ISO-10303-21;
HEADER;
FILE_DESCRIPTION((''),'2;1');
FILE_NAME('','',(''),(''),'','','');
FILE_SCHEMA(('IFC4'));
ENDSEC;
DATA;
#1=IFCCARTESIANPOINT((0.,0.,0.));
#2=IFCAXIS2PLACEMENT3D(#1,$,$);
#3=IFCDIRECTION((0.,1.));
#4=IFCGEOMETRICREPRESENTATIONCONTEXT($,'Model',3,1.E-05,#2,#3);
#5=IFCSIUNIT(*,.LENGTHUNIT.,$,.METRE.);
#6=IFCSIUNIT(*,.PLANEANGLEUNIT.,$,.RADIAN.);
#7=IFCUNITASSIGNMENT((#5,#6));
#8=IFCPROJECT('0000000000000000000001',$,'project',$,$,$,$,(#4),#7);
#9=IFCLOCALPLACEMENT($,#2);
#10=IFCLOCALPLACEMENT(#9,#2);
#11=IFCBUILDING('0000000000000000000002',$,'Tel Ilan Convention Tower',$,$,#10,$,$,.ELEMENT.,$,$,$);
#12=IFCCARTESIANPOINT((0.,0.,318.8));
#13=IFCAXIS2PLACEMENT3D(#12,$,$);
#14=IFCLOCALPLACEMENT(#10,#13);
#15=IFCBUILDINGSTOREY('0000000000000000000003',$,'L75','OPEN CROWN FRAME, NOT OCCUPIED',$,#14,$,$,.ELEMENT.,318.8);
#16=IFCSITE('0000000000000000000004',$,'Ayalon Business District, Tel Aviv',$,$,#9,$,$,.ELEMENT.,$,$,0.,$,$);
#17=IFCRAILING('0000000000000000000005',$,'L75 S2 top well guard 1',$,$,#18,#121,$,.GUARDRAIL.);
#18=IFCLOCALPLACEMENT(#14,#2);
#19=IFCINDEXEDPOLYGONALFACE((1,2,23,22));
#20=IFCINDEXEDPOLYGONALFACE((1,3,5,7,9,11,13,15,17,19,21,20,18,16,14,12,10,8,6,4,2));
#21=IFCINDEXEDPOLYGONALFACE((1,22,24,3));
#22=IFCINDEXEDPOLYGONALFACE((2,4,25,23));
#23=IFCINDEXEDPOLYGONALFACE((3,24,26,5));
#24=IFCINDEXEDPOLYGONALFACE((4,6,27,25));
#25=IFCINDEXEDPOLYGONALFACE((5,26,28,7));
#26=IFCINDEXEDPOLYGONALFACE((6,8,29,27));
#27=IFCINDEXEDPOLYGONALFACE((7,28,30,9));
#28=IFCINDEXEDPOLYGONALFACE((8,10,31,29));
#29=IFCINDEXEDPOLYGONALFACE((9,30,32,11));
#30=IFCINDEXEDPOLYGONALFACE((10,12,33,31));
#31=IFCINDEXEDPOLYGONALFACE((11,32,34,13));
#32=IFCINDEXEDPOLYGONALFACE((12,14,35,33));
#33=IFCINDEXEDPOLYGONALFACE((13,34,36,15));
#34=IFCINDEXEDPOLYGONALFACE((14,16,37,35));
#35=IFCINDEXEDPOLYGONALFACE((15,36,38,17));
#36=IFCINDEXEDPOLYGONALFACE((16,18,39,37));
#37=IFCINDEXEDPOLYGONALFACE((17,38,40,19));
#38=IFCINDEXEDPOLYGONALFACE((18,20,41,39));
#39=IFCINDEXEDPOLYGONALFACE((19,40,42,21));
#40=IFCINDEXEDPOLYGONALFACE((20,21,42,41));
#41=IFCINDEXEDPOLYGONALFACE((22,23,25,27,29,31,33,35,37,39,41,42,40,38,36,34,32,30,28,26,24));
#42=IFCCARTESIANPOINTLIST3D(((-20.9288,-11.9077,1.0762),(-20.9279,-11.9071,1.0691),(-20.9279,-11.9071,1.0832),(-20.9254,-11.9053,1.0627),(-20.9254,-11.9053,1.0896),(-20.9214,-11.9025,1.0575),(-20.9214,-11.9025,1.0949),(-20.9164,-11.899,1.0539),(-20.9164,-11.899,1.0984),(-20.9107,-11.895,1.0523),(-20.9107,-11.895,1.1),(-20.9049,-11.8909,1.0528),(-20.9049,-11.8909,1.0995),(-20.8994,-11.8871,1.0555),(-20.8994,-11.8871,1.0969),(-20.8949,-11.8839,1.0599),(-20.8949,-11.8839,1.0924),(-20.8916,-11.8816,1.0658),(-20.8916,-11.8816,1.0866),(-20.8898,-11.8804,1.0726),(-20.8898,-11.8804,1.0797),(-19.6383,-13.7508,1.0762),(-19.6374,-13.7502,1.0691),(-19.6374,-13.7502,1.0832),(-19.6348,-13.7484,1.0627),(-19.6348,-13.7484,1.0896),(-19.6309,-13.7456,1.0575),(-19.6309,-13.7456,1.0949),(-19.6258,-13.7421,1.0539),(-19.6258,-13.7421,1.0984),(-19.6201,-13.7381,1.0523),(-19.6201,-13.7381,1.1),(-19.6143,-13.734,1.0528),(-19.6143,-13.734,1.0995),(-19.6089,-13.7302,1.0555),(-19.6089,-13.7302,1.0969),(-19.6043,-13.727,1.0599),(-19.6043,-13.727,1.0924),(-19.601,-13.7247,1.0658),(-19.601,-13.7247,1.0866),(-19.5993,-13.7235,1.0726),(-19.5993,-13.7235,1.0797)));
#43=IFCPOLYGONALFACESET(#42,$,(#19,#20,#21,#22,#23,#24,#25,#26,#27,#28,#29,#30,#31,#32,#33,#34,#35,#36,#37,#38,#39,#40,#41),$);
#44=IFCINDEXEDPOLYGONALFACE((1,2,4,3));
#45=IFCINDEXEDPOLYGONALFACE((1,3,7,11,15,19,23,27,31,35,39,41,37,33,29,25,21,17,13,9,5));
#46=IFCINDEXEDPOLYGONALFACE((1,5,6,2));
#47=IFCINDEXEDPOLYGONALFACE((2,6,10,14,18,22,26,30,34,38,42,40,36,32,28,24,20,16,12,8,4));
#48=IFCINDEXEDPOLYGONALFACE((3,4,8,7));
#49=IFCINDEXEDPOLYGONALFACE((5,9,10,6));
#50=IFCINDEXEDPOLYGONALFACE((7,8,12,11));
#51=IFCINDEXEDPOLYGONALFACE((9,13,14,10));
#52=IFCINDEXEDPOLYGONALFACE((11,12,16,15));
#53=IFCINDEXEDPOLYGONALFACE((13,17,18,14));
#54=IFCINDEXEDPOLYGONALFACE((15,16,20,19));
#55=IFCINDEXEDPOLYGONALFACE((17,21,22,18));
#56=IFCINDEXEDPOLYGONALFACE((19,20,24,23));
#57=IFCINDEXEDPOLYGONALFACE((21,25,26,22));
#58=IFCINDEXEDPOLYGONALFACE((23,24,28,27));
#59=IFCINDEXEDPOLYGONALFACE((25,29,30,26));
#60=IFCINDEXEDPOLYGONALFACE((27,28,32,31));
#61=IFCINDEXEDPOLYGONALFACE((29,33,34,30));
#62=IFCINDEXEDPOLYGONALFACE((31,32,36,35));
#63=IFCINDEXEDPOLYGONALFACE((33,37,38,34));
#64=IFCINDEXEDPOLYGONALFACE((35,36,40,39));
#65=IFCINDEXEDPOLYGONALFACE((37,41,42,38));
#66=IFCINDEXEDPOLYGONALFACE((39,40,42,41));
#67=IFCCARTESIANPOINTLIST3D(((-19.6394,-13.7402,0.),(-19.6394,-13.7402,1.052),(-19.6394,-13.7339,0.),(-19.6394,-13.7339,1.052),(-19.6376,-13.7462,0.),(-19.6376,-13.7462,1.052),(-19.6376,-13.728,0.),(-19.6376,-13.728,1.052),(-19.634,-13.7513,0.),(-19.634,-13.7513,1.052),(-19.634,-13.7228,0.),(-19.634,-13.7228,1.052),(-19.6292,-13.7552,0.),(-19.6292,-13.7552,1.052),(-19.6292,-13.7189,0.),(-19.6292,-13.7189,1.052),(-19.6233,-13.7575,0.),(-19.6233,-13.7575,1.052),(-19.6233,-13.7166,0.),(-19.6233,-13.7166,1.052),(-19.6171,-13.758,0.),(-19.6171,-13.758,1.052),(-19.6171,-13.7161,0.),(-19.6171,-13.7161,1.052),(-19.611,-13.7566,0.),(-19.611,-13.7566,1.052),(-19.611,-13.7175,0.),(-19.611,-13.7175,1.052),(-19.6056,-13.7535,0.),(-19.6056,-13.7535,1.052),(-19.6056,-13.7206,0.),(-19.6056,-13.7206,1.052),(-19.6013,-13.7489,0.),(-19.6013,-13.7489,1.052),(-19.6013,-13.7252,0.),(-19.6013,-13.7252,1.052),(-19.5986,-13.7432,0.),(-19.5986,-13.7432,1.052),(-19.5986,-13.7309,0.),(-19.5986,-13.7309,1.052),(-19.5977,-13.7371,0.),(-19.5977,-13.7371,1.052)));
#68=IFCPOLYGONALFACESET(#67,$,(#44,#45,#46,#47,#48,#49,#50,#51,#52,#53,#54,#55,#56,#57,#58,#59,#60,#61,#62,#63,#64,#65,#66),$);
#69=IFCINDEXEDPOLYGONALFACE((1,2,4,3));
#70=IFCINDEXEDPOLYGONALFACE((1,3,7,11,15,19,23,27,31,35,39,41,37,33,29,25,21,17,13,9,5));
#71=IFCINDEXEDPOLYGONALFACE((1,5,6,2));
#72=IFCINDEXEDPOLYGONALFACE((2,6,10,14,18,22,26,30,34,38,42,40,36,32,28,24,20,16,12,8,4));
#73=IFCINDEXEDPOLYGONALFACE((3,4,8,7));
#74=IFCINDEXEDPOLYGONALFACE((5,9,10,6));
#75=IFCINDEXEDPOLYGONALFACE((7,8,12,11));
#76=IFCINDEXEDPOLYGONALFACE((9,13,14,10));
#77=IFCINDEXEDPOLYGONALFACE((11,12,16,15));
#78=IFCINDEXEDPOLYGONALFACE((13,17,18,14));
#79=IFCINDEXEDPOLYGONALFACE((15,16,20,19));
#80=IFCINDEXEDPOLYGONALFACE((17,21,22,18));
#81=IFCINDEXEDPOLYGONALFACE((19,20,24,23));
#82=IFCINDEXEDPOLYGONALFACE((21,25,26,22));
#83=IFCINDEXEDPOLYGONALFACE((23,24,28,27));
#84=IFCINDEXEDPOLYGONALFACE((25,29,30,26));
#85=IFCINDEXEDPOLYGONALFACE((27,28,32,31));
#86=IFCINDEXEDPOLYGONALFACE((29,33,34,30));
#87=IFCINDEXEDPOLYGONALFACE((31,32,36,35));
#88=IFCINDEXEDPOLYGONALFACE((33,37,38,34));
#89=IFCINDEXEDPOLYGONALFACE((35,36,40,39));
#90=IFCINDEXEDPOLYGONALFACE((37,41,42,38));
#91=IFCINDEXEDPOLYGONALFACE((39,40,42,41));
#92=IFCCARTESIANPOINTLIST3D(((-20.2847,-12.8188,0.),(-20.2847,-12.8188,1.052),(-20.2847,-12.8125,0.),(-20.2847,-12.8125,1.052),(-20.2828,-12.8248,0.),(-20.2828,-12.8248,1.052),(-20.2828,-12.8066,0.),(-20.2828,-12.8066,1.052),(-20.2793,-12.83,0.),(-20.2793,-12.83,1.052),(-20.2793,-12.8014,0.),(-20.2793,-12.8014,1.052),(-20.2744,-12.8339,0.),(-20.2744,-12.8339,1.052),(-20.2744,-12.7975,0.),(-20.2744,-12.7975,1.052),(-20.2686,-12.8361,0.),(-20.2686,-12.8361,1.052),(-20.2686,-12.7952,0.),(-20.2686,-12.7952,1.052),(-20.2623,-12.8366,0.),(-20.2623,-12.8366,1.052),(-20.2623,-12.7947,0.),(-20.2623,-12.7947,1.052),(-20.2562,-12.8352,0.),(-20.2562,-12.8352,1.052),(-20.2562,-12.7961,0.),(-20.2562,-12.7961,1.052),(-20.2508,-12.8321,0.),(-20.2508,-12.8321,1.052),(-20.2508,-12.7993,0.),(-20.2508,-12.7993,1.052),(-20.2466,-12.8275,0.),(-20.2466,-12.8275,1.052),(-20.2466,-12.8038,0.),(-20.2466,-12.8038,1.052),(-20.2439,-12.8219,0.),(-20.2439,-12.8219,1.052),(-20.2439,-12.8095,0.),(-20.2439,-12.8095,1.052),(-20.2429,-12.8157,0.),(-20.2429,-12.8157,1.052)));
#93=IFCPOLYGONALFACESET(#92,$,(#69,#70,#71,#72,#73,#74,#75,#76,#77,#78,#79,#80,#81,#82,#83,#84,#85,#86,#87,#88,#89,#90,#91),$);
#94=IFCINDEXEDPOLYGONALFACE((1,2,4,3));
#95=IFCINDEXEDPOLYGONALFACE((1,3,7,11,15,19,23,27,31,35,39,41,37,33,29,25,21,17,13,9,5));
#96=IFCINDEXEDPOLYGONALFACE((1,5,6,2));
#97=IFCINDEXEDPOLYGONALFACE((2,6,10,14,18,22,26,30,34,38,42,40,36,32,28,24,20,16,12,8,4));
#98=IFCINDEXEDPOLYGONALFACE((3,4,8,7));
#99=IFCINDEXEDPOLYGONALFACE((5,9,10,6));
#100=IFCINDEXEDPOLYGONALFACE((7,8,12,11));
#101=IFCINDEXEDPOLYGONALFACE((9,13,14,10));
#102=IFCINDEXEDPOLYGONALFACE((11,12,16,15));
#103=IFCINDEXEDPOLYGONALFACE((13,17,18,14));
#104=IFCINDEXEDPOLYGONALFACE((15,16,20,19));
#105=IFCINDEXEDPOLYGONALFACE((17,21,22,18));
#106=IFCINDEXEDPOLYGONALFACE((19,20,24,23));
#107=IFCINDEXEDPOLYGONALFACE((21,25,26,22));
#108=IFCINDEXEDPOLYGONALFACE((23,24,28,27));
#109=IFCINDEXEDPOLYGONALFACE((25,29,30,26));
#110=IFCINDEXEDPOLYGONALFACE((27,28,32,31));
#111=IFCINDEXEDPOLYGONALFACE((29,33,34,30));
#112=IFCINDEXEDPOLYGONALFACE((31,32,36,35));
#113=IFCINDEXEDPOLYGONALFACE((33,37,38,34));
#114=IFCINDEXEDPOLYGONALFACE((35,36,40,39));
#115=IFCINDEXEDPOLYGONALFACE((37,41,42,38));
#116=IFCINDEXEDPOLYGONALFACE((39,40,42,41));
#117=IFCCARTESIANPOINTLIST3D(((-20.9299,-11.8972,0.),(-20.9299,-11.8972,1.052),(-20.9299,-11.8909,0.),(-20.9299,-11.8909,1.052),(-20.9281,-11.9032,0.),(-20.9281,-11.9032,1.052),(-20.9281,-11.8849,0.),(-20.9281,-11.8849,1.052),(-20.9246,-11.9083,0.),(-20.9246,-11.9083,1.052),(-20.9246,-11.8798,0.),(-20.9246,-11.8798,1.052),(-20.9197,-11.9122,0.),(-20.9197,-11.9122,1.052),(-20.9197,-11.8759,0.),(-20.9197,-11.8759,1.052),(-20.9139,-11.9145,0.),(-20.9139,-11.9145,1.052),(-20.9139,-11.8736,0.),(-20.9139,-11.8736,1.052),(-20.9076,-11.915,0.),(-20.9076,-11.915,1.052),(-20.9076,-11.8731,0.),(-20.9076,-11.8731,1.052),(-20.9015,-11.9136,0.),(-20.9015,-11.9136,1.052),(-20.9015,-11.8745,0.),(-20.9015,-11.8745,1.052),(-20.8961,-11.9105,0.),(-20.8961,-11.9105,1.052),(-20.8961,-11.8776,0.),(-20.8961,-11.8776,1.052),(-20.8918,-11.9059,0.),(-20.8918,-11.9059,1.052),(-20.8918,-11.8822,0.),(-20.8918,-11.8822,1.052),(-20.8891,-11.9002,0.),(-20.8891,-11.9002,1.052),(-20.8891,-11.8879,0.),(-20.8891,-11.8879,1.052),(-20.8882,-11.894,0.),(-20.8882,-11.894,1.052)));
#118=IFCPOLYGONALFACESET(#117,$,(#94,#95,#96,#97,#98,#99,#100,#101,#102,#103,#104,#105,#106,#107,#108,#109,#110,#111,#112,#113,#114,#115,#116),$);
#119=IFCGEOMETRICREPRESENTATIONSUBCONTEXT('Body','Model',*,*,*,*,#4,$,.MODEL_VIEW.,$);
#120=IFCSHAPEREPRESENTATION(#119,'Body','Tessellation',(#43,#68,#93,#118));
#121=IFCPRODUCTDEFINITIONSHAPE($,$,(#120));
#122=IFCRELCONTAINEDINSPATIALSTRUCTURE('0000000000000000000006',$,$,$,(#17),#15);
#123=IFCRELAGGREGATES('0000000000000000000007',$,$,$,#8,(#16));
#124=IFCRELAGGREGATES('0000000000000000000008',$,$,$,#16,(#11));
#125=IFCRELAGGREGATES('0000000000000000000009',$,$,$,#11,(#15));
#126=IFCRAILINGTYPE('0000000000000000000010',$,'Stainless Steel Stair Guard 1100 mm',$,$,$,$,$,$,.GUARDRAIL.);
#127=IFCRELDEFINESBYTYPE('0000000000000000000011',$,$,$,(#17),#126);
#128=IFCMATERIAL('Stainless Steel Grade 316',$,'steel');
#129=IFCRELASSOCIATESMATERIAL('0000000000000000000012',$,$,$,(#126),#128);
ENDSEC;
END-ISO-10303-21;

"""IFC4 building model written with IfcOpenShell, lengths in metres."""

from ifc_helpers import new_model, si_unit, direction, frame, origin, origin_2d, place, context, subcontext, project, spatial, circle, extrude, material, type_object, element, save


model = new_model("IFC4")

# Units and contexts
model_context = context("Model", 3, precision=1e-05, world=origin(), true_north=direction((0.0, 1.0)))
body_context = subcontext(model_context, "Body", "Model", "MODEL_VIEW")
ifc_project = project(units=[si_unit("LENGTHUNIT", "METRE"), si_unit("PLANEANGLEUNIT", "RADIAN")], contexts=[model_context])

# Site, building, storey
site_placement = place(None, origin())
site = spatial("IfcSite", under=ifc_project, at=site_placement, Name="Ayalon Business District, Tel Aviv", CompositionType="ELEMENT", RefElevation=0.0)
building_placement = place(site_placement, origin())
building = spatial("IfcBuilding", under=site, at=building_placement, Name="Tel Ilan Convention Tower", CompositionType="ELEMENT")
storey_placement = place(building_placement, frame((0.0, 0.0, 318.8)))
storey = spatial("IfcBuildingStorey", under=building, at=storey_placement, Name="L75", Description="OPEN CROWN FRAME, NOT OCCUPIED", CompositionType="ELEMENT", Elevation=318.8)

# Railing
ifc_material_1 = material(Name="Stainless Steel Grade 316", Category="steel")
railing_type = type_object("IfcRailingType", Name="Stainless Steel Stair Guard 1100 mm", PredefinedType="GUARDRAIL", material=ifc_material_1)
railing_placement = place(storey_placement, frame((-19.6187, -13.7371, 0.0)))
element("IfcRailing", 1, at=railing_placement, inside=storey, type_object=railing_type, Name="L75 S2 top well guard 1", PredefinedType="GUARDRAIL", context=body_context, shape_type="SweptSolid", body=[
    extrude(circle(Radius=0.0239, at=origin_2d()), frame((0.0, 0.0, 1.0762), z_axis=(-0.573586, 0.819145, 0.0), x_axis=(-0.819145, -0.573586, 0.0)), (0.0, 0.0, 1.0), 2.25),
    extrude(circle(Radius=0.021, at=origin_2d()), origin(), (0.0, 0.0, 1.0), 1.052),
    extrude(circle(Radius=0.021, at=origin_2d()), frame((-0.6453, 0.9214, 0.0)), (0.0, 0.0, 1.0), 1.052),
    extrude(circle(Radius=0.021, at=origin_2d()), frame((-1.2905, 1.843, 0.0)), (0.0, 0.0, 1.0), 1.052),
])

save(model, "model.ifc")
